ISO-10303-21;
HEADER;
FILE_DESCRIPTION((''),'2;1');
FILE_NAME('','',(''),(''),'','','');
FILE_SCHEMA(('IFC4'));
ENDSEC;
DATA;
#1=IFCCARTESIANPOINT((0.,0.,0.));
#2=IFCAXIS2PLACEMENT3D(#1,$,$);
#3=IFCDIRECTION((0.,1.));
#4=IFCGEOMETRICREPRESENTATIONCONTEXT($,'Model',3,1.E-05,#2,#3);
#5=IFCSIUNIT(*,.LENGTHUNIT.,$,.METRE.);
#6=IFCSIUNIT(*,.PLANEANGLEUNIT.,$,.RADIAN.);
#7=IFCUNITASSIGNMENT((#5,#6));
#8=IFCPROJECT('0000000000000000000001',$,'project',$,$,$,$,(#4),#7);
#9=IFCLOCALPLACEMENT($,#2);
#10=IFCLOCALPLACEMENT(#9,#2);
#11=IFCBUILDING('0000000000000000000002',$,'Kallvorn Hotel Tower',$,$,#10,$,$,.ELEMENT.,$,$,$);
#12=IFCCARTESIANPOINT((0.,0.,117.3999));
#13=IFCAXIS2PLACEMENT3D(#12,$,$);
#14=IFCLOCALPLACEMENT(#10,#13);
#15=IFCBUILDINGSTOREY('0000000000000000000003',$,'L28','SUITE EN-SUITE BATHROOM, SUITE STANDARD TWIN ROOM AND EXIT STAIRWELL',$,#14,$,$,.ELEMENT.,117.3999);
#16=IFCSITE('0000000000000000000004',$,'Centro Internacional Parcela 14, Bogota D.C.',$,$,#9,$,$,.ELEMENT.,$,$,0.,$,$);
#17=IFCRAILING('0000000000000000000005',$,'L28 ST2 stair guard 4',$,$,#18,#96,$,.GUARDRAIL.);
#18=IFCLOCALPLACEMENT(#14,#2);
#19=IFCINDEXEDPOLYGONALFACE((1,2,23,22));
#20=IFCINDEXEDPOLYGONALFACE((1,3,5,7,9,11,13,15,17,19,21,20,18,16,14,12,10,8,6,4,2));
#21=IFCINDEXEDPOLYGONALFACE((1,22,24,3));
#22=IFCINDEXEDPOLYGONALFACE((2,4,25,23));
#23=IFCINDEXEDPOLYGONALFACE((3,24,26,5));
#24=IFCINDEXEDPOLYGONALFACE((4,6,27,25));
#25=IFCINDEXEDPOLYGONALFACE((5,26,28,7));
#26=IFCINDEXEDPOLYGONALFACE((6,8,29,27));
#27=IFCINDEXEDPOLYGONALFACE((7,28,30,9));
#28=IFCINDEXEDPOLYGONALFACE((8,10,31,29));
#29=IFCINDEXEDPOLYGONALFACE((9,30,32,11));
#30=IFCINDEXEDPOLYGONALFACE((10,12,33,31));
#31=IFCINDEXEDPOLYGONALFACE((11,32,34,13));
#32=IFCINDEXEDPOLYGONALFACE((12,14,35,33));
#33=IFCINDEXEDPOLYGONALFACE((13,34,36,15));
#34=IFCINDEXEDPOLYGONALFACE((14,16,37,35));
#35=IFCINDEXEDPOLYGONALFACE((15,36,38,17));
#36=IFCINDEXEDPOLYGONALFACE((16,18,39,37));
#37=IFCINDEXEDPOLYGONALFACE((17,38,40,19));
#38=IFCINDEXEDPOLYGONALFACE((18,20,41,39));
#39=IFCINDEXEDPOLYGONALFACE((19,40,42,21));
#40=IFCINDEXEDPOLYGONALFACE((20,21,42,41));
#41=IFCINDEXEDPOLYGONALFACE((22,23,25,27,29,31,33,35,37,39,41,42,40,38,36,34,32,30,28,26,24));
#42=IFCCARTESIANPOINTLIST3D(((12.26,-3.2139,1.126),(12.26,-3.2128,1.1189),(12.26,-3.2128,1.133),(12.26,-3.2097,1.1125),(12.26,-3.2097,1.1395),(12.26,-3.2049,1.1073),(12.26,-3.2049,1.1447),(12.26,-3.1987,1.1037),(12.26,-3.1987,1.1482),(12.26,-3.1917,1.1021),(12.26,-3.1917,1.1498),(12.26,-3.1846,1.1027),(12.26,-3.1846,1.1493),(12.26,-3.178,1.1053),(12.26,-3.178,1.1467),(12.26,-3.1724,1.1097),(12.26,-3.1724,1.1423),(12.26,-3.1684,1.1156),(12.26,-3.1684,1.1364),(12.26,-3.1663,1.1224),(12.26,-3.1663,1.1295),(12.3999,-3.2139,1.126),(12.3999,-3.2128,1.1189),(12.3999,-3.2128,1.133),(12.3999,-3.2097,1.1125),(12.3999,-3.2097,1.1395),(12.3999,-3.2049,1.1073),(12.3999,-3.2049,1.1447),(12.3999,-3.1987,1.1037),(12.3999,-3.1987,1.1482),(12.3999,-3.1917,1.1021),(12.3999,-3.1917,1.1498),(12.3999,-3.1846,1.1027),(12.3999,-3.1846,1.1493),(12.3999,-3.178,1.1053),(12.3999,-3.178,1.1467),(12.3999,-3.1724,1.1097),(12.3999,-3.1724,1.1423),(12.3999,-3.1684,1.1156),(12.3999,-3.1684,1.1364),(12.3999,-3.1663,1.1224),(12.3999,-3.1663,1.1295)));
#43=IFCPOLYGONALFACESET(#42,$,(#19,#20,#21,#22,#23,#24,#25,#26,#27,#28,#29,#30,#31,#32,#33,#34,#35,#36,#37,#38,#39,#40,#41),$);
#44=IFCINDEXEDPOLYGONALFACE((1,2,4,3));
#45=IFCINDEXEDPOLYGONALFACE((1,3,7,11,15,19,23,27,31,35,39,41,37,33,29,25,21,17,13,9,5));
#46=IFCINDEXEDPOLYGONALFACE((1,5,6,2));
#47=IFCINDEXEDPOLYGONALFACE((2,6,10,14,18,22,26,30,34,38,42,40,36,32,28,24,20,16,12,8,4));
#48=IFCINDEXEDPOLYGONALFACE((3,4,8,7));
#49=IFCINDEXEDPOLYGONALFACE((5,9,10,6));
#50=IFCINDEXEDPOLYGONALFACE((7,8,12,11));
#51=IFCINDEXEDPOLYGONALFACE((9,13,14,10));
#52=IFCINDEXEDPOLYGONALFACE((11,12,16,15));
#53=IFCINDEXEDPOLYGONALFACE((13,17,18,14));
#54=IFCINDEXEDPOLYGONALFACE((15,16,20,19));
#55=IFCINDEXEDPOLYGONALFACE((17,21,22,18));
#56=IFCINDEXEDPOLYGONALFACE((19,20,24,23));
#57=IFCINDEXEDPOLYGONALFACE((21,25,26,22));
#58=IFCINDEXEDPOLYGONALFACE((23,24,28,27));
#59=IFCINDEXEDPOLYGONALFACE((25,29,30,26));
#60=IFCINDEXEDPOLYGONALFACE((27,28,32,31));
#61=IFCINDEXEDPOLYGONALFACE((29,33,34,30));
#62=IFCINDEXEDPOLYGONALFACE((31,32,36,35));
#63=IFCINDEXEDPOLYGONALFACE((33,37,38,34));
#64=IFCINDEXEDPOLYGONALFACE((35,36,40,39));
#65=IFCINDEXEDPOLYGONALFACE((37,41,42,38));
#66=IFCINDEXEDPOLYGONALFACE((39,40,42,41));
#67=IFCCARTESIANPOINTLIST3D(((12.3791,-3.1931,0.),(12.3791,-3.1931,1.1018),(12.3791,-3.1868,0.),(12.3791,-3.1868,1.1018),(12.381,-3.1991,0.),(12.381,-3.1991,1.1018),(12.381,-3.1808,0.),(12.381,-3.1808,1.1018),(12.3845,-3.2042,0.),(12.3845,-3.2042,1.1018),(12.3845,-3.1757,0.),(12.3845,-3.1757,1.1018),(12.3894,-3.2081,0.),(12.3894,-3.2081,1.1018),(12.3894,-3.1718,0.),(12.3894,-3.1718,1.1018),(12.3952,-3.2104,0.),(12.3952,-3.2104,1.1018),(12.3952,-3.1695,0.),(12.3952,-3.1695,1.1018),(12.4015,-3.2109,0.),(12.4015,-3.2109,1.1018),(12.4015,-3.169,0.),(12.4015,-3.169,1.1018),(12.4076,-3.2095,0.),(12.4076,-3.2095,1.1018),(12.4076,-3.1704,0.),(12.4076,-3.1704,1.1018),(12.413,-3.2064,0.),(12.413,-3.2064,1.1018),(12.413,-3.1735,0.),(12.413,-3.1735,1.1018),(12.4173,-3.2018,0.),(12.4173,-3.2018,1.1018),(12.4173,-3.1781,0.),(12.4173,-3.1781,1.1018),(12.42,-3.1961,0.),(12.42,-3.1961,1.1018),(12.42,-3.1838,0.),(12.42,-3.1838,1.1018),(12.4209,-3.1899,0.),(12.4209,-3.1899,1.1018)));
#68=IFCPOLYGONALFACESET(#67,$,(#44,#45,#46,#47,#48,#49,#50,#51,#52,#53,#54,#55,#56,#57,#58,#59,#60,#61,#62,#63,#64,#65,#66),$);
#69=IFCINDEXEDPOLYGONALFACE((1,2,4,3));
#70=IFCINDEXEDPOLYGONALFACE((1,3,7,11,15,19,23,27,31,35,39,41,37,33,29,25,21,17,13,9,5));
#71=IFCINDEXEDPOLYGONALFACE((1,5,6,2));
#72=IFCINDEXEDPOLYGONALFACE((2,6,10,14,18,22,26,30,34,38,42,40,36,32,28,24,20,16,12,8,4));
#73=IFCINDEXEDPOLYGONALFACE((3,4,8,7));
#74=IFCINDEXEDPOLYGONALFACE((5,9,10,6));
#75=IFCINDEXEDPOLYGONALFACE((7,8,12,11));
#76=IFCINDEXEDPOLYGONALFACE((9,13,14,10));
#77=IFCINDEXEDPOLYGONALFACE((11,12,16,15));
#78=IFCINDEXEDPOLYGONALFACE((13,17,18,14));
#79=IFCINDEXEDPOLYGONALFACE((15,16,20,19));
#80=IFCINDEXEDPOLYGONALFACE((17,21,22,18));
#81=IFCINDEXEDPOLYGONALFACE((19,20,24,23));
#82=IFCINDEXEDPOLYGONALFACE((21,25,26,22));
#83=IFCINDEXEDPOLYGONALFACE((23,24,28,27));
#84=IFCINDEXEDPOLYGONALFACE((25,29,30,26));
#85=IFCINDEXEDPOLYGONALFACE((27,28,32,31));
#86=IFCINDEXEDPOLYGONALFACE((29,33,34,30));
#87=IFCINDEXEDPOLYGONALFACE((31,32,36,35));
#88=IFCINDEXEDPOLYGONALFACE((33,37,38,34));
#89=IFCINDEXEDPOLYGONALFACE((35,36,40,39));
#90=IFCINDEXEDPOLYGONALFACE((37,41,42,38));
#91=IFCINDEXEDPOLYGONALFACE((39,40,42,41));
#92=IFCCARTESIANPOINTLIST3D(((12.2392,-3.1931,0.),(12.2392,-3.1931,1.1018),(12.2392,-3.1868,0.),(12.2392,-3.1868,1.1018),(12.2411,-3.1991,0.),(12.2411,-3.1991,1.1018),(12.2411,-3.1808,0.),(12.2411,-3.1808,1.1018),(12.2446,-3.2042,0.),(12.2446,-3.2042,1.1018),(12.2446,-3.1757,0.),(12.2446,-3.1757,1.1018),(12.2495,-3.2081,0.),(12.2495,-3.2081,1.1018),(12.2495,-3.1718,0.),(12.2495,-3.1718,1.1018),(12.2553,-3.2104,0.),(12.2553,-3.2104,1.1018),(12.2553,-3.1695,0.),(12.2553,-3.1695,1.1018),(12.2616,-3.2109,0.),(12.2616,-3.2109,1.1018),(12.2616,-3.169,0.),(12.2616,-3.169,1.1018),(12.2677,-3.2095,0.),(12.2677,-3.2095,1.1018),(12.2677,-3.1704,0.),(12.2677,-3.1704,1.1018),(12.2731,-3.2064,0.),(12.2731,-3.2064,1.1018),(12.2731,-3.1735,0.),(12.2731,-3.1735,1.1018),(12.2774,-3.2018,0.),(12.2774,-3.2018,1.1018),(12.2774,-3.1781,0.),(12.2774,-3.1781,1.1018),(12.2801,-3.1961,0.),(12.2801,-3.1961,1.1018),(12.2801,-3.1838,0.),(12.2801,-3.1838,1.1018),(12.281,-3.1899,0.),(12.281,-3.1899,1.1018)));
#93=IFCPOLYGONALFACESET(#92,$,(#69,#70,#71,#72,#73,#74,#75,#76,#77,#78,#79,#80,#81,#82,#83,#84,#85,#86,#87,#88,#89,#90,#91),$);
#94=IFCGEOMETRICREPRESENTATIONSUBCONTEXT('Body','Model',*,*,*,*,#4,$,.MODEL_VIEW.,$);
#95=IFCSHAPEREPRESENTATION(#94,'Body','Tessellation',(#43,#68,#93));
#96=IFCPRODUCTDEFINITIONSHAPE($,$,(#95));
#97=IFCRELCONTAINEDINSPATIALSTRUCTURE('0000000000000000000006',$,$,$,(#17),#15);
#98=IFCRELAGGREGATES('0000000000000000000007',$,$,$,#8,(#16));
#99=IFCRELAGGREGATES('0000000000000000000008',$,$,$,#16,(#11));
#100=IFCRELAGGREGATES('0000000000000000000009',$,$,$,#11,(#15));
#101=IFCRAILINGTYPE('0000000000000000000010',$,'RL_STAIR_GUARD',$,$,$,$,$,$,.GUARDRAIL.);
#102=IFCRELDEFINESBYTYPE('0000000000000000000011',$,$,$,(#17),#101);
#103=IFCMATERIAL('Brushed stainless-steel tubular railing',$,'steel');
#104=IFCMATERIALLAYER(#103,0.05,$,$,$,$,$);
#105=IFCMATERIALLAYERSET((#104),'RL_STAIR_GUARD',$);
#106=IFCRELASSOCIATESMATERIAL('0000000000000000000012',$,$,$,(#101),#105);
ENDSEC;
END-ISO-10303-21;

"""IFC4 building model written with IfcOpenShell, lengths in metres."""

from ifc_helpers import new_model, si_unit, direction, frame, origin, origin_2d, place, context, subcontext, project, spatial, circle, extrude, material, layer, layer_set, type_object, element, save


model = new_model("IFC4")

# Units and contexts
model_context = context("Model", 3, precision=1e-05, world=origin(), true_north=direction((0.0, 1.0)))
body_context = subcontext(model_context, "Body", "Model", "MODEL_VIEW")
ifc_project = project(units=[si_unit("LENGTHUNIT", "METRE"), si_unit("PLANEANGLEUNIT", "RADIAN")], contexts=[model_context])

# Site, building, storey
site_placement = place(None, origin())
site = spatial("IfcSite", under=ifc_project, at=site_placement, Name="Centro Internacional Parcela 14, Bogota D.C.", CompositionType="ELEMENT", RefElevation=0.0)
building_placement = place(site_placement, origin())
building = spatial("IfcBuilding", under=site, at=building_placement, Name="Kallvorn Hotel Tower", CompositionType="ELEMENT")
storey_placement = place(building_placement, frame((0.0, 0.0, 117.3999)))
storey = spatial("IfcBuildingStorey", under=building, at=storey_placement, Name="L28", Description="SUITE EN-SUITE BATHROOM, SUITE STANDARD TWIN ROOM AND EXIT STAIRWELL", CompositionType="ELEMENT", Elevation=117.3999)

# Railing
ifc_material_1 = material(Name="Brushed stainless-steel tubular railing", Category="steel")
ifc_layer_1 = layer(ifc_material_1, 0.05)
ifc_layer_set_1 = layer_set([ifc_layer_1], Name="RL_STAIR_GUARD")
railing_type_1 = type_object("IfcRailingType", Name="RL_STAIR_GUARD", PredefinedType="GUARDRAIL", material=ifc_layer_set_1)
railing_1_placement = place(storey_placement, frame((12.3999, -3.1899, 0.0)))
element("IfcRailing", 1, at=railing_1_placement, inside=storey, type_object=railing_type_1, Name="L28 ST2 stair guard 4", PredefinedType="GUARDRAIL", context=body_context, shape_type="SweptSolid", body=[
    extrude(circle(Radius=0.0239, at=origin_2d()), frame((0.0, 0.0, 1.126), z_axis=(-1.0, 0.0, 0.0), x_axis=(0.0, -1.0, 0.0)), (0.0, 0.0, 1.0), 0.1399),
    extrude(circle(Radius=0.021, at=origin_2d()), origin(), (0.0, 0.0, 1.0), 1.1018),
    extrude(circle(Radius=0.021, at=origin_2d()), frame((-0.1399, 0.0, 0.0)), (0.0, 0.0, 1.0), 1.1018),
])

save(model, "model.ifc")
